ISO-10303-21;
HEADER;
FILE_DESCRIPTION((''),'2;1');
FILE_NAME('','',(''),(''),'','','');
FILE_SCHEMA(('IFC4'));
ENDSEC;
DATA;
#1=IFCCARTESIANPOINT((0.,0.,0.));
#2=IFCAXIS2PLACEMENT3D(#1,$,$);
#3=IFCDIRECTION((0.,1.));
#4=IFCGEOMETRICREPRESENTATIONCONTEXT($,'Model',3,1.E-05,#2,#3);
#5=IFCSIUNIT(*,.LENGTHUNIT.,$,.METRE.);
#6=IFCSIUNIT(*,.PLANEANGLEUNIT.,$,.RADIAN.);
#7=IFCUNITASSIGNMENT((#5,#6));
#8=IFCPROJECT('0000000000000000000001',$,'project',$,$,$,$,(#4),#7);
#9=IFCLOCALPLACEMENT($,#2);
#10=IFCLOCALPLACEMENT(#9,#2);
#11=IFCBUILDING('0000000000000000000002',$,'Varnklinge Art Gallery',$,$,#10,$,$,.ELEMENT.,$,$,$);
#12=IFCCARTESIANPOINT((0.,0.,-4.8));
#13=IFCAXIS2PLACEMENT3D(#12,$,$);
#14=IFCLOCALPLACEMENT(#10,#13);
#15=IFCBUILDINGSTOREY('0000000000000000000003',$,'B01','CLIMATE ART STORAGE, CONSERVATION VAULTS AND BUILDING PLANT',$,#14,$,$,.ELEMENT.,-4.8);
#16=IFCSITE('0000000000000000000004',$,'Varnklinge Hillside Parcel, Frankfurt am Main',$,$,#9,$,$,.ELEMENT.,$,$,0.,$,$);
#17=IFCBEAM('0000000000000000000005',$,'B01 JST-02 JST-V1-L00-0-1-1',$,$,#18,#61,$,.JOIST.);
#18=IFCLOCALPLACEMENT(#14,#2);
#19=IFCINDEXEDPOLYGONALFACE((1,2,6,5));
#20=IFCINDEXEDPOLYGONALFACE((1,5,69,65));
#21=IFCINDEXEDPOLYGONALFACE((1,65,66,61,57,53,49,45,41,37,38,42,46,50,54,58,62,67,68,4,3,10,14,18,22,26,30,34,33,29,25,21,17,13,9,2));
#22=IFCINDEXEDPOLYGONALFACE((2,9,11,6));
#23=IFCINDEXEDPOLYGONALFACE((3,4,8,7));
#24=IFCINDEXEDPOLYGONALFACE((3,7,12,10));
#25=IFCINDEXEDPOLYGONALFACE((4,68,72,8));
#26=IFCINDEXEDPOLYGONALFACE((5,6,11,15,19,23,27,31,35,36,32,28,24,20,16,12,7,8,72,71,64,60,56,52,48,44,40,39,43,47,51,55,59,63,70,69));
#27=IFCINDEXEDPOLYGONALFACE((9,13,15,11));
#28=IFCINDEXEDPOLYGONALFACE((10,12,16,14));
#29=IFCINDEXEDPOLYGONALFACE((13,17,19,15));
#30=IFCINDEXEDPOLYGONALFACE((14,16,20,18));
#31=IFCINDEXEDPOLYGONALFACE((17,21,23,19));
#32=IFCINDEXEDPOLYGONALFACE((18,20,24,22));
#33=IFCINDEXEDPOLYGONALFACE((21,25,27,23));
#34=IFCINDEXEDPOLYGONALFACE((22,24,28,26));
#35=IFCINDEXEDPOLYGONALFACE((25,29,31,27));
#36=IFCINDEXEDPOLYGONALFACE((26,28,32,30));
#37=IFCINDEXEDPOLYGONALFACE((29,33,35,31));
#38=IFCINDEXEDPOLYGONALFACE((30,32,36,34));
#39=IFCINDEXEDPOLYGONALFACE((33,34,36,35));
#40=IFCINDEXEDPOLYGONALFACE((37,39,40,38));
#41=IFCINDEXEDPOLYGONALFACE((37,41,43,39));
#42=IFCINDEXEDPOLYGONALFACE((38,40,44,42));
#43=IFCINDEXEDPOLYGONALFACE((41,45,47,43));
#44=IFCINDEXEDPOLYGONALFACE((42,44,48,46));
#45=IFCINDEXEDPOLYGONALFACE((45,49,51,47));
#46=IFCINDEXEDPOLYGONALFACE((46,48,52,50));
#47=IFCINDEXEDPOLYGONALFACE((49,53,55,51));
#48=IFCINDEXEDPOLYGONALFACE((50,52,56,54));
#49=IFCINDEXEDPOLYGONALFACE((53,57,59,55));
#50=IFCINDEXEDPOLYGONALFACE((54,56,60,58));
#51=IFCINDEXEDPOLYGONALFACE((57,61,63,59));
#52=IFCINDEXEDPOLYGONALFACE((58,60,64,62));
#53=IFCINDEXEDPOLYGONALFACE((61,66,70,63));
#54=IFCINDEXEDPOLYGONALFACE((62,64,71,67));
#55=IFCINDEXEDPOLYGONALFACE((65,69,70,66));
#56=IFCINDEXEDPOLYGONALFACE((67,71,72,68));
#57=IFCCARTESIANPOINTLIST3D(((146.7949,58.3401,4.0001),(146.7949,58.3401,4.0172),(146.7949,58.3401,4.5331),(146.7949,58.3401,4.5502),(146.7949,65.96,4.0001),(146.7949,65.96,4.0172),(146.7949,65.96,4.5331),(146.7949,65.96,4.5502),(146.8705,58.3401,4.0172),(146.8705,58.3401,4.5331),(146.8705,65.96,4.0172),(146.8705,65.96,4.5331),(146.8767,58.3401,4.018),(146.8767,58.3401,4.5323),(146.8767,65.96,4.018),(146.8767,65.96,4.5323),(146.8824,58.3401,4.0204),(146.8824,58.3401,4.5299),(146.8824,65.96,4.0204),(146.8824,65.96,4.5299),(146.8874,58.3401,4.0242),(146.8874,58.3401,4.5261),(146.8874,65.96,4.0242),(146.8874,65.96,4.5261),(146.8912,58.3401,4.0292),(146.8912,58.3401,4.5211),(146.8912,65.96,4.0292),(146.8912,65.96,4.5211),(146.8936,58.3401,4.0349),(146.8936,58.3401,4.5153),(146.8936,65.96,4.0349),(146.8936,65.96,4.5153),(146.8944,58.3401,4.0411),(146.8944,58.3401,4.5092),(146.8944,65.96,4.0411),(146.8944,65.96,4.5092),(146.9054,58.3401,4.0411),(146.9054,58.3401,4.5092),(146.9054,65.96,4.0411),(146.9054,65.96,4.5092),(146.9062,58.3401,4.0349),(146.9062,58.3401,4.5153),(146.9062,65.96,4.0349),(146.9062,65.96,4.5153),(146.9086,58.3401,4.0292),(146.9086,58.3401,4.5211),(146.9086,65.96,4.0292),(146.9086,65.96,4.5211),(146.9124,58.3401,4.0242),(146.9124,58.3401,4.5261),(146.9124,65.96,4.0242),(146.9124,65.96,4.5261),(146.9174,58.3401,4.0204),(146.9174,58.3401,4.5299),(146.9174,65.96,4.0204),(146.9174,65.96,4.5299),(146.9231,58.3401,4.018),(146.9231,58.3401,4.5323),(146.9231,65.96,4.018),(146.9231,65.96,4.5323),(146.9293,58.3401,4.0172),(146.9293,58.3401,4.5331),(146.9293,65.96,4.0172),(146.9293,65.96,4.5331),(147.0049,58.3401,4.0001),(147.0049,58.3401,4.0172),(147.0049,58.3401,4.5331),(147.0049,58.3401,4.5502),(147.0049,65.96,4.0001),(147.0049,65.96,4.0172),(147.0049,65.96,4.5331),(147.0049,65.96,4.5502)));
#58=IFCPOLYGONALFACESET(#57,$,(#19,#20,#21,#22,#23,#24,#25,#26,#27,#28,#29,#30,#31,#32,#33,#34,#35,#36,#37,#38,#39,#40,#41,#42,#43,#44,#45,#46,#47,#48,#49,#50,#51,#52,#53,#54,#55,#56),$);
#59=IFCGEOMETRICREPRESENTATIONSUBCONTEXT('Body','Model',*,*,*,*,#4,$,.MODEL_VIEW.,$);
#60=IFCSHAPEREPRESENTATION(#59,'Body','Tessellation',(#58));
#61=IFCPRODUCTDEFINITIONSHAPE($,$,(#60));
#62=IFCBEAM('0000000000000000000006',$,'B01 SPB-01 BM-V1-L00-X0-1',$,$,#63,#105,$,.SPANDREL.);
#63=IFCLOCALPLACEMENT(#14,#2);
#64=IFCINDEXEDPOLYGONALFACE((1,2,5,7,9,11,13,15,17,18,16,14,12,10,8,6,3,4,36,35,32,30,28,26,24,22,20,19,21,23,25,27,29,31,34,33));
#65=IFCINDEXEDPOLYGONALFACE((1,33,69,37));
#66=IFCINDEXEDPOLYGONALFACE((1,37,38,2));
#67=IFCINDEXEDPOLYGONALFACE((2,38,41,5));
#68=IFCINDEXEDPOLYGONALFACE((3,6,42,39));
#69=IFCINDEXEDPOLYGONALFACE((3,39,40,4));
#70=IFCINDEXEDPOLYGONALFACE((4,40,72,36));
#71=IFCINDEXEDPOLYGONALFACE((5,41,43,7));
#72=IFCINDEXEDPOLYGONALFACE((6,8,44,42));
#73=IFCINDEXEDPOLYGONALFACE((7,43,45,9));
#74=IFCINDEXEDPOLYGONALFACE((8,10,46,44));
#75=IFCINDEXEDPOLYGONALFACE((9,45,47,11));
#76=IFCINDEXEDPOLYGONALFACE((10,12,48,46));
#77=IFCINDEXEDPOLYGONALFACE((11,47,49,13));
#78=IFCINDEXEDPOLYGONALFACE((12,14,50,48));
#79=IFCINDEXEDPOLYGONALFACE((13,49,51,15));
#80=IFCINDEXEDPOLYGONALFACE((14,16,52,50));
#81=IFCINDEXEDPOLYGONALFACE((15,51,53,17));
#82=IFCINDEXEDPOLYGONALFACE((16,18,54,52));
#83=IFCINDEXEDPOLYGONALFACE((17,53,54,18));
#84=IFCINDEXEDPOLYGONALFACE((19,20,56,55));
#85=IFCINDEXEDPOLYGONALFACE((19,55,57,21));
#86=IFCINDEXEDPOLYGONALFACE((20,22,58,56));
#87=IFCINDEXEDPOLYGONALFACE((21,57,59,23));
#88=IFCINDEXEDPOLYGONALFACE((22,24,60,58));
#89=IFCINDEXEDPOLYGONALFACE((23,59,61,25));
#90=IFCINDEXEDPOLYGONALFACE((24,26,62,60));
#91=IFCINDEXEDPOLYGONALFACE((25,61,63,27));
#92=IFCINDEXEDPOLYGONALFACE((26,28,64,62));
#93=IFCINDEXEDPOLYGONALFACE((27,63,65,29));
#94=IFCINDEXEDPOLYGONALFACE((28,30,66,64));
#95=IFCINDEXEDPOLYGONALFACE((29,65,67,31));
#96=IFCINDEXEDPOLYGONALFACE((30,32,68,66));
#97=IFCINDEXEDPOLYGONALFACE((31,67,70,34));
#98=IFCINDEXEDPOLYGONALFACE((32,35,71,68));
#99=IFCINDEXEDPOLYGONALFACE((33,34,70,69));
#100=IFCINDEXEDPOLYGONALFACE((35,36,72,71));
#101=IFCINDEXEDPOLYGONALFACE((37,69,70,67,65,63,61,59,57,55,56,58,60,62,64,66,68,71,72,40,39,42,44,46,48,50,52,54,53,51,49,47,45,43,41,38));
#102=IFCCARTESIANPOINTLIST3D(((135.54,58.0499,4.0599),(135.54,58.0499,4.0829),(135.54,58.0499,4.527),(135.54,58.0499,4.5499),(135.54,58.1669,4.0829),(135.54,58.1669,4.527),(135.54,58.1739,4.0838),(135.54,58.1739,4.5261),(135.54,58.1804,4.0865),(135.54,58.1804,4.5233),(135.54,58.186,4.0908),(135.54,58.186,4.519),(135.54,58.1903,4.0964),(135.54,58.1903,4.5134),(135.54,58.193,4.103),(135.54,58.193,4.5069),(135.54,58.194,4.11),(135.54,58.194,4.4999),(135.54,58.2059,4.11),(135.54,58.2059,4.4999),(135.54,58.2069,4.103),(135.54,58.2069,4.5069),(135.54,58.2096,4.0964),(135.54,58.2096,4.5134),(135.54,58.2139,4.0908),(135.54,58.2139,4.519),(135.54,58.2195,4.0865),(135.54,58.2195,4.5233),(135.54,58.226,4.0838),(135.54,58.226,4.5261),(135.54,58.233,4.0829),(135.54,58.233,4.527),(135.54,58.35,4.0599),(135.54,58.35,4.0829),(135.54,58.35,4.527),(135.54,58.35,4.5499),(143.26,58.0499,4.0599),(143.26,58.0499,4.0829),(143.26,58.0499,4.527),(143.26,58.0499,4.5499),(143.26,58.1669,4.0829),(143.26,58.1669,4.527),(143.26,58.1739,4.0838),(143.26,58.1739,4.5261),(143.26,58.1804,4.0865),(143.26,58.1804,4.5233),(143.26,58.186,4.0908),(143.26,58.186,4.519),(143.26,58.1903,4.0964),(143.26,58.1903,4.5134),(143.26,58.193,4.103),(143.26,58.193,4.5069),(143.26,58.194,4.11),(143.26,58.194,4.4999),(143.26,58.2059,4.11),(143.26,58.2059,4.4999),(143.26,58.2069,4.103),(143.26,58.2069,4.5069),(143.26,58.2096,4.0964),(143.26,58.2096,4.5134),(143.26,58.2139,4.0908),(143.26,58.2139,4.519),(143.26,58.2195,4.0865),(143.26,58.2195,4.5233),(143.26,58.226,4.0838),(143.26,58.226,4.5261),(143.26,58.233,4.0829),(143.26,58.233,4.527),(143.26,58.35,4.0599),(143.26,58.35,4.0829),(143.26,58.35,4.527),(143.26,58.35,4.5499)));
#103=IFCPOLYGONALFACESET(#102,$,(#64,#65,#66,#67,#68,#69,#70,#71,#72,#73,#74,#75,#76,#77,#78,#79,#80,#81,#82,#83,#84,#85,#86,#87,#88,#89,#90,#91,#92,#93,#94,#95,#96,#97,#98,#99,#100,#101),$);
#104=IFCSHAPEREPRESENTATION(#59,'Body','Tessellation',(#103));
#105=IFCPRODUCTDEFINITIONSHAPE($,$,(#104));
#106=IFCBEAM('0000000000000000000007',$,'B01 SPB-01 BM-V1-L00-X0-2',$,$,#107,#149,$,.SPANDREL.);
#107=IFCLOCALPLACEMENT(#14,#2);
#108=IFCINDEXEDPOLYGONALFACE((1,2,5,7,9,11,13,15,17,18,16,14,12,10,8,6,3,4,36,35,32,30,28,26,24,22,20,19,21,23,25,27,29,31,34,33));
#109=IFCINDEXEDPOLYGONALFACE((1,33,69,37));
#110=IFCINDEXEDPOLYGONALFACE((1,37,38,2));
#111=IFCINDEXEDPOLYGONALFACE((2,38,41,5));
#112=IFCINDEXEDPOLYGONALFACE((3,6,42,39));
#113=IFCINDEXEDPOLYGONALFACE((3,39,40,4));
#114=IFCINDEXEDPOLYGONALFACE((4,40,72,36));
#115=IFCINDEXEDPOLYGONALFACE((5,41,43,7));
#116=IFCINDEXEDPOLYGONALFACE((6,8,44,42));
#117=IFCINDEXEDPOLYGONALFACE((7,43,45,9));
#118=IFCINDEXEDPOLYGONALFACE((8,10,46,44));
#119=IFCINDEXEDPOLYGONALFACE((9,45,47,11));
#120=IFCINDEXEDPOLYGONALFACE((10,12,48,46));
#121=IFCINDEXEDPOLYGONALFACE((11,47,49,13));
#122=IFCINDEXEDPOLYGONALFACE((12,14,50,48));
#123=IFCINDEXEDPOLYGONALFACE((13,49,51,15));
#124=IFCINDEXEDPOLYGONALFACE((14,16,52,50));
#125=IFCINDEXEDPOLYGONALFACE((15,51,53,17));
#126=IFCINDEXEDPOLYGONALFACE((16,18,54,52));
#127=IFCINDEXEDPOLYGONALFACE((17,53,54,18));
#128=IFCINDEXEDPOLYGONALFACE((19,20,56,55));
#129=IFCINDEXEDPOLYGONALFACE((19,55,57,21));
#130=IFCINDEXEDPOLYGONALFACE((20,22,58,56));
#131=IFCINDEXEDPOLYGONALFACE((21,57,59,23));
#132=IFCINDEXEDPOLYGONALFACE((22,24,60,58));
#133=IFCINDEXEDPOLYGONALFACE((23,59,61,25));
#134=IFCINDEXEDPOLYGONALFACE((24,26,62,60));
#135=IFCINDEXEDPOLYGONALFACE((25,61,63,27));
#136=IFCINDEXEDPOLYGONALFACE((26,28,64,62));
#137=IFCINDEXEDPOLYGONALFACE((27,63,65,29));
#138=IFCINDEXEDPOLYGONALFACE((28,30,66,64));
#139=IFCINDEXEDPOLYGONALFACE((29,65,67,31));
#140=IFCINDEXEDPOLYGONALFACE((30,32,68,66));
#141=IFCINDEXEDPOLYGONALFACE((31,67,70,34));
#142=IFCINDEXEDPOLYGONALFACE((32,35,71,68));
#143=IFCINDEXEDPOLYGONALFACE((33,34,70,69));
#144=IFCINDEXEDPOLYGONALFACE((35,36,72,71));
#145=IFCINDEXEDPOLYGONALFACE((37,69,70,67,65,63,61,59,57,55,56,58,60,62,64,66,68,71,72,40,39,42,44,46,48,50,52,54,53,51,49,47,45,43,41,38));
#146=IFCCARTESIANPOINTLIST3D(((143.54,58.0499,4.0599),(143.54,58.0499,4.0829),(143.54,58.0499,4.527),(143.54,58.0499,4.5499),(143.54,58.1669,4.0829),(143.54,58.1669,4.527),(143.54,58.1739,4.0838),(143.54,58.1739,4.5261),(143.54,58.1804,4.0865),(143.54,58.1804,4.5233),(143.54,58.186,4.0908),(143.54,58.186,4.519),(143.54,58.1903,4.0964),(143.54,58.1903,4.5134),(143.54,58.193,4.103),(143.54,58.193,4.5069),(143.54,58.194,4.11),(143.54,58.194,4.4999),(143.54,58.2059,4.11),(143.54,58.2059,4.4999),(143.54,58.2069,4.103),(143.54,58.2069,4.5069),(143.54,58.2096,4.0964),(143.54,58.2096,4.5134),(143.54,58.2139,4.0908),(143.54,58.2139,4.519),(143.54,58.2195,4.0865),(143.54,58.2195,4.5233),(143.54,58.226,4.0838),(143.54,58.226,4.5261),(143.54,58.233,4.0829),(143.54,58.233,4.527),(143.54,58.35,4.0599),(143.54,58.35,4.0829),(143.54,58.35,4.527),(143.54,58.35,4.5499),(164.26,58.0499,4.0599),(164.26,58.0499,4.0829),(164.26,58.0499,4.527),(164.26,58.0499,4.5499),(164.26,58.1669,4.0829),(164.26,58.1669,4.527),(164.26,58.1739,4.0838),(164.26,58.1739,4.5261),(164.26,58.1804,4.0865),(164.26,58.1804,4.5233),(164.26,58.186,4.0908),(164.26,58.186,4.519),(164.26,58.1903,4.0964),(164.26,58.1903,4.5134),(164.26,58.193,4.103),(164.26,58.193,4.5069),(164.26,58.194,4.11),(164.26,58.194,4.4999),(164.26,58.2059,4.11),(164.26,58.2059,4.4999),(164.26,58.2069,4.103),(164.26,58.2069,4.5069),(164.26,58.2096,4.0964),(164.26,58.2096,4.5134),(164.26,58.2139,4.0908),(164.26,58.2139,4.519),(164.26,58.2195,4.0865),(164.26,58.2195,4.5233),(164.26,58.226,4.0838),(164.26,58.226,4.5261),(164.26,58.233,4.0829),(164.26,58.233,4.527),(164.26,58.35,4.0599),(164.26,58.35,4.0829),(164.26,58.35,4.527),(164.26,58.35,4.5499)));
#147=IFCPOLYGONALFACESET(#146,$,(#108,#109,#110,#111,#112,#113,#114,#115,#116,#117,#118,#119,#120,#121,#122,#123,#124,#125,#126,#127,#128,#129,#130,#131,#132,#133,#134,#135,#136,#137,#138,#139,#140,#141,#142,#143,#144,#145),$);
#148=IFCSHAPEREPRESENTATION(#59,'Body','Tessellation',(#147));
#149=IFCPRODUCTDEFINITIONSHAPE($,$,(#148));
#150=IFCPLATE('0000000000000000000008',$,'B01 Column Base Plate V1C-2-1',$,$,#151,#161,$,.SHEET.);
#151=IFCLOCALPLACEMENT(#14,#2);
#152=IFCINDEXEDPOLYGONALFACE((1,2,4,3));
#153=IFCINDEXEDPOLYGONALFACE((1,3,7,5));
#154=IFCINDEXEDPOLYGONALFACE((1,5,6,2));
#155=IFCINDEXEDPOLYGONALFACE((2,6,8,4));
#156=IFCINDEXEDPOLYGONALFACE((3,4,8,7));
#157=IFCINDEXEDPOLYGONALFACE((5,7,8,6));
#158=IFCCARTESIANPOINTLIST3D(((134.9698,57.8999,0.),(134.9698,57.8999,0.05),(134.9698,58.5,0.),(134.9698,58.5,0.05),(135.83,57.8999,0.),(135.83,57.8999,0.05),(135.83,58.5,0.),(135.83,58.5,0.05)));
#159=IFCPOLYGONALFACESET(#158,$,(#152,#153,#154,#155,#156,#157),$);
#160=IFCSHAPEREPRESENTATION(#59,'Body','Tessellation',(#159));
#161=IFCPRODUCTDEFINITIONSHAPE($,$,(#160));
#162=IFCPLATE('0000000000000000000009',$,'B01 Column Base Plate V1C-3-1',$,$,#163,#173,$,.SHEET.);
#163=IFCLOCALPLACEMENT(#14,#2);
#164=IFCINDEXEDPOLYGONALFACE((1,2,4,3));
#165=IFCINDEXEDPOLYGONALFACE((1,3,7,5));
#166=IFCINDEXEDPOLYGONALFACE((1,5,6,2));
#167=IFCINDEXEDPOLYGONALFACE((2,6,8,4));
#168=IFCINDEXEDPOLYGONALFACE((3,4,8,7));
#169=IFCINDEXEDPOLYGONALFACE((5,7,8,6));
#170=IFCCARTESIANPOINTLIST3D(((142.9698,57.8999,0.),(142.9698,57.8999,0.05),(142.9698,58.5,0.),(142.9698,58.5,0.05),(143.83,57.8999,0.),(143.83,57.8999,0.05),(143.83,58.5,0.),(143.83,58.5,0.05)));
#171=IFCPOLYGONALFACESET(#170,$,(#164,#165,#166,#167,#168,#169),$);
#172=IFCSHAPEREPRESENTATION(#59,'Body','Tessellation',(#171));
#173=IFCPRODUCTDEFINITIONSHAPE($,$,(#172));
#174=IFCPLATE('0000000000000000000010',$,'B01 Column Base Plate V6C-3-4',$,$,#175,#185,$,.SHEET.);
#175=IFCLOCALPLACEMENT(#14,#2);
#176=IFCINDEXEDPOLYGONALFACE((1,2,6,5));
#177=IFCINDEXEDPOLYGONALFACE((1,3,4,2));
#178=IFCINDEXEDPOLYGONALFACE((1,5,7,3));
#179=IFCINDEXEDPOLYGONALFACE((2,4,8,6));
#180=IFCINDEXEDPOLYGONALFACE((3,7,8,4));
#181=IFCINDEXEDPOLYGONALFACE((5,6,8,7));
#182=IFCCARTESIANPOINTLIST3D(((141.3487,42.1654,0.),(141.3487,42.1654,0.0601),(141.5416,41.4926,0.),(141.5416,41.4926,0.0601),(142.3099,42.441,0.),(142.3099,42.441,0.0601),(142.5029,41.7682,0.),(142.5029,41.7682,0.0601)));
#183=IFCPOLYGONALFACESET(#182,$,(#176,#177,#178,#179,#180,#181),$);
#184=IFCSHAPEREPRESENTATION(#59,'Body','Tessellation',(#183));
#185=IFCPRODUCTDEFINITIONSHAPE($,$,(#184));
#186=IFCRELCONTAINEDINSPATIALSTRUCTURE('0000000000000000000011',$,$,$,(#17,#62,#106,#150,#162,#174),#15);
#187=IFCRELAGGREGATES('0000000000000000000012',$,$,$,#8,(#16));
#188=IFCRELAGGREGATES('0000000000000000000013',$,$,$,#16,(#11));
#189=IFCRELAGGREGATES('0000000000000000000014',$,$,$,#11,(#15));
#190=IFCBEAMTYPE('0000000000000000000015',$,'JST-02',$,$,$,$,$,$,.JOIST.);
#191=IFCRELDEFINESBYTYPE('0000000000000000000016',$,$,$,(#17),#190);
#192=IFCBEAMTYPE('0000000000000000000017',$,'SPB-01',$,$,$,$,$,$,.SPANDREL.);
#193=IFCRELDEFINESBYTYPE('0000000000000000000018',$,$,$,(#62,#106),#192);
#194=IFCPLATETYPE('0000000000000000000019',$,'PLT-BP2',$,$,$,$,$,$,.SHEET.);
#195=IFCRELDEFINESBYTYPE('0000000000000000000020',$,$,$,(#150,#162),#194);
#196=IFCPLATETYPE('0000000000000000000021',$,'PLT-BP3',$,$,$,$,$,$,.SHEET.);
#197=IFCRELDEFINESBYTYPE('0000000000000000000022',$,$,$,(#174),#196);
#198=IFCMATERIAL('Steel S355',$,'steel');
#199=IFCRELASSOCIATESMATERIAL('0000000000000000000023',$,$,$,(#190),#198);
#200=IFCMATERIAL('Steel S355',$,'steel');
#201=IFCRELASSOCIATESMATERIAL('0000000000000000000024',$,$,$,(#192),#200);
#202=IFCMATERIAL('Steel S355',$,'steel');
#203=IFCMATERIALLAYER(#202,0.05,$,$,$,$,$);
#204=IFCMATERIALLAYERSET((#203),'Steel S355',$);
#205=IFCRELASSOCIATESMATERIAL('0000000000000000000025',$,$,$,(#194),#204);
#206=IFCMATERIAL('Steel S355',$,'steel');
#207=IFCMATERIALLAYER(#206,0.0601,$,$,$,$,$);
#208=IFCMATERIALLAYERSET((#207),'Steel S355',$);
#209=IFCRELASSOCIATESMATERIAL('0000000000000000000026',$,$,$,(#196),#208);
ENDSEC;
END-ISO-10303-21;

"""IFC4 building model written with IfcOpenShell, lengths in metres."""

from ifc_helpers import new_model, si_unit, direction, frame, origin, origin_2d, place, context, subcontext, project, spatial, rectangle, i_section, extrude, material, layer, layer_set, material_profile, profile_set, type_object, element, save


model = new_model("IFC4")

# Units and contexts
model_context = context("Model", 3, precision=1e-05, world=origin(), true_north=direction((0.0, 1.0)))
body_context = subcontext(model_context, "Body", "Model", "MODEL_VIEW")
ifc_project = project(units=[si_unit("LENGTHUNIT", "METRE"), si_unit("PLANEANGLEUNIT", "RADIAN")], contexts=[model_context])

# Site, building, storey
site_placement = place(None, origin())
site = spatial("IfcSite", under=ifc_project, at=site_placement, Name="Varnklinge Hillside Parcel, Frankfurt am Main", CompositionType="ELEMENT", RefElevation=0.0)
building_placement = place(site_placement, origin())
building = spatial("IfcBuilding", under=site, at=building_placement, Name="Varnklinge Art Gallery", CompositionType="ELEMENT")
storey_placement = place(building_placement, frame((0.0, 0.0, -4.8)))
storey = spatial("IfcBuildingStorey", under=building, at=storey_placement, Name="B01", Description="CLIMATE ART STORAGE, CONSERVATION VAULTS AND BUILDING PLANT", CompositionType="ELEMENT", Elevation=-4.8)

# Beams
ifc_material_1 = material(Name="Steel S355", Category="steel")
ifc_material_profile_1 = material_profile(ifc_material_1, i_section(OverallWidth=0.21, OverallDepth=0.55, WebThickness=0.011, FlangeThickness=0.0171, FilletRadius=0.0239, at=origin_2d()), Name="IPE 550")
ifc_profile_set_1 = profile_set([ifc_material_profile_1], Name="Steel S355")
beam_type_1 = type_object("IfcBeamType", Name="JST-02", PredefinedType="JOIST", material=ifc_profile_set_1)
beam_1_placement = place(storey_placement, frame((146.8999, 58.3401, 4.2751), z_axis=(0.0, 1.0, 0.0), x_axis=(-1.0, 0.0, 0.0)))
element("IfcBeam", 1, at=beam_1_placement, inside=storey, type_object=beam_type_1, Name="B01 JST-02 JST-V1-L00-0-1-1", PredefinedType="JOIST", context=body_context, shape_type="SweptSolid", body=[
    extrude(i_section(OverallWidth=0.21, OverallDepth=0.55, WebThickness=0.011, FlangeThickness=0.0171, FilletRadius=0.0239, at=origin_2d()), origin(), (0.0, 0.0, 1.0), 7.6199),
])
ifc_material_2 = material(Name="Steel S355", Category="steel")
ifc_material_profile_2 = material_profile(ifc_material_2, i_section(OverallWidth=0.3, OverallDepth=0.49, WebThickness=0.012, FlangeThickness=0.0229, FilletRadius=0.0271, at=origin_2d()), Name="HEA 500")
ifc_profile_set_2 = profile_set([ifc_material_profile_2], Name="Steel S355")
beam_type_2 = type_object("IfcBeamType", Name="SPB-01", PredefinedType="SPANDREL", material=ifc_profile_set_2)
beam_2_placement = place(storey_placement, frame((135.54, 58.2, 4.3049), z_axis=(1.0, 0.0, 0.0), x_axis=(0.0, 1.0, 0.0)))
element("IfcBeam", 2, at=beam_2_placement, inside=storey, type_object=beam_type_2, Name="B01 SPB-01 BM-V1-L00-X0-1", PredefinedType="SPANDREL", context=body_context, shape_type="SweptSolid", body=[
    extrude(i_section(OverallWidth=0.3, OverallDepth=0.49, WebThickness=0.012, FlangeThickness=0.0229, FilletRadius=0.0271, at=origin_2d()), origin(), (0.0, 0.0, 1.0), 7.72),
])
beam_3_placement = place(storey_placement, frame((143.54, 58.2, 4.3049), z_axis=(1.0, 0.0, 0.0), x_axis=(0.0, 1.0, 0.0)))
element("IfcBeam", 3, at=beam_3_placement, inside=storey, type_object=beam_type_2, Name="B01 SPB-01 BM-V1-L00-X0-2", PredefinedType="SPANDREL", context=body_context, shape_type="SweptSolid", body=[
    extrude(i_section(OverallWidth=0.3, OverallDepth=0.49, WebThickness=0.012, FlangeThickness=0.0229, FilletRadius=0.0271, at=origin_2d()), origin(), (0.0, 0.0, 1.0), 20.72),
])

# Plates
ifc_material_3 = material(Name="Steel S355", Category="steel")
ifc_layer_1 = layer(ifc_material_3, 0.05)
ifc_layer_set_1 = layer_set([ifc_layer_1], Name="Steel S355")
plate_type_1 = type_object("IfcPlateType", Name="PLT-BP2", PredefinedType="SHEET", material=ifc_layer_set_1)
for number, where, z_axis, x_axis, name in (
    (4, (135.3999, 58.2, 0.0), (0.0, 0.0, 1.0), (1.0, 0.0, 0.0), "B01 Column Base Plate V1C-2-1"),
    (5, (143.3999, 58.2, 0.0), (0.0, 0.0, 1.0), (1.0, 0.0, 0.0), "B01 Column Base Plate V1C-3-1"),
):
    element("IfcPlate", number, at=place(storey_placement, frame(where, z_axis=z_axis, x_axis=x_axis)), inside=storey, type_object=plate_type_1, Name=name, PredefinedType="SHEET", context=body_context, shape_type="SweptSolid", body=[
        extrude(rectangle(XDim=0.8601, YDim=0.6001, at=origin_2d()), origin(), (0.0, 0.0, 1.0), 0.05),
    ])
ifc_material_4 = material(Name="Steel S355", Category="steel")
ifc_layer_2 = layer(ifc_material_4, 0.0601)
ifc_layer_set_2 = layer_set([ifc_layer_2], Name="Steel S355")
plate_type_2 = type_object("IfcPlateType", Name="PLT-BP3", PredefinedType="SHEET", material=ifc_layer_set_2)
plate_placement = place(storey_placement, frame((141.9258, 41.9668, 0.0), z_axis=(0.0, 0.0, 1.0), x_axis=(0.961262, 0.275637, 0.0)))
element("IfcPlate", 6, at=plate_placement, inside=storey, type_object=plate_type_2, Name="B01 Column Base Plate V6C-3-4", PredefinedType="SHEET", context=body_context, shape_type="SweptSolid", body=[
    extrude(rectangle(XDim=1.0, YDim=0.7, at=origin_2d()), origin(), (0.0, 0.0, 1.0), 0.0601),
])

save(model, "model.ifc")
